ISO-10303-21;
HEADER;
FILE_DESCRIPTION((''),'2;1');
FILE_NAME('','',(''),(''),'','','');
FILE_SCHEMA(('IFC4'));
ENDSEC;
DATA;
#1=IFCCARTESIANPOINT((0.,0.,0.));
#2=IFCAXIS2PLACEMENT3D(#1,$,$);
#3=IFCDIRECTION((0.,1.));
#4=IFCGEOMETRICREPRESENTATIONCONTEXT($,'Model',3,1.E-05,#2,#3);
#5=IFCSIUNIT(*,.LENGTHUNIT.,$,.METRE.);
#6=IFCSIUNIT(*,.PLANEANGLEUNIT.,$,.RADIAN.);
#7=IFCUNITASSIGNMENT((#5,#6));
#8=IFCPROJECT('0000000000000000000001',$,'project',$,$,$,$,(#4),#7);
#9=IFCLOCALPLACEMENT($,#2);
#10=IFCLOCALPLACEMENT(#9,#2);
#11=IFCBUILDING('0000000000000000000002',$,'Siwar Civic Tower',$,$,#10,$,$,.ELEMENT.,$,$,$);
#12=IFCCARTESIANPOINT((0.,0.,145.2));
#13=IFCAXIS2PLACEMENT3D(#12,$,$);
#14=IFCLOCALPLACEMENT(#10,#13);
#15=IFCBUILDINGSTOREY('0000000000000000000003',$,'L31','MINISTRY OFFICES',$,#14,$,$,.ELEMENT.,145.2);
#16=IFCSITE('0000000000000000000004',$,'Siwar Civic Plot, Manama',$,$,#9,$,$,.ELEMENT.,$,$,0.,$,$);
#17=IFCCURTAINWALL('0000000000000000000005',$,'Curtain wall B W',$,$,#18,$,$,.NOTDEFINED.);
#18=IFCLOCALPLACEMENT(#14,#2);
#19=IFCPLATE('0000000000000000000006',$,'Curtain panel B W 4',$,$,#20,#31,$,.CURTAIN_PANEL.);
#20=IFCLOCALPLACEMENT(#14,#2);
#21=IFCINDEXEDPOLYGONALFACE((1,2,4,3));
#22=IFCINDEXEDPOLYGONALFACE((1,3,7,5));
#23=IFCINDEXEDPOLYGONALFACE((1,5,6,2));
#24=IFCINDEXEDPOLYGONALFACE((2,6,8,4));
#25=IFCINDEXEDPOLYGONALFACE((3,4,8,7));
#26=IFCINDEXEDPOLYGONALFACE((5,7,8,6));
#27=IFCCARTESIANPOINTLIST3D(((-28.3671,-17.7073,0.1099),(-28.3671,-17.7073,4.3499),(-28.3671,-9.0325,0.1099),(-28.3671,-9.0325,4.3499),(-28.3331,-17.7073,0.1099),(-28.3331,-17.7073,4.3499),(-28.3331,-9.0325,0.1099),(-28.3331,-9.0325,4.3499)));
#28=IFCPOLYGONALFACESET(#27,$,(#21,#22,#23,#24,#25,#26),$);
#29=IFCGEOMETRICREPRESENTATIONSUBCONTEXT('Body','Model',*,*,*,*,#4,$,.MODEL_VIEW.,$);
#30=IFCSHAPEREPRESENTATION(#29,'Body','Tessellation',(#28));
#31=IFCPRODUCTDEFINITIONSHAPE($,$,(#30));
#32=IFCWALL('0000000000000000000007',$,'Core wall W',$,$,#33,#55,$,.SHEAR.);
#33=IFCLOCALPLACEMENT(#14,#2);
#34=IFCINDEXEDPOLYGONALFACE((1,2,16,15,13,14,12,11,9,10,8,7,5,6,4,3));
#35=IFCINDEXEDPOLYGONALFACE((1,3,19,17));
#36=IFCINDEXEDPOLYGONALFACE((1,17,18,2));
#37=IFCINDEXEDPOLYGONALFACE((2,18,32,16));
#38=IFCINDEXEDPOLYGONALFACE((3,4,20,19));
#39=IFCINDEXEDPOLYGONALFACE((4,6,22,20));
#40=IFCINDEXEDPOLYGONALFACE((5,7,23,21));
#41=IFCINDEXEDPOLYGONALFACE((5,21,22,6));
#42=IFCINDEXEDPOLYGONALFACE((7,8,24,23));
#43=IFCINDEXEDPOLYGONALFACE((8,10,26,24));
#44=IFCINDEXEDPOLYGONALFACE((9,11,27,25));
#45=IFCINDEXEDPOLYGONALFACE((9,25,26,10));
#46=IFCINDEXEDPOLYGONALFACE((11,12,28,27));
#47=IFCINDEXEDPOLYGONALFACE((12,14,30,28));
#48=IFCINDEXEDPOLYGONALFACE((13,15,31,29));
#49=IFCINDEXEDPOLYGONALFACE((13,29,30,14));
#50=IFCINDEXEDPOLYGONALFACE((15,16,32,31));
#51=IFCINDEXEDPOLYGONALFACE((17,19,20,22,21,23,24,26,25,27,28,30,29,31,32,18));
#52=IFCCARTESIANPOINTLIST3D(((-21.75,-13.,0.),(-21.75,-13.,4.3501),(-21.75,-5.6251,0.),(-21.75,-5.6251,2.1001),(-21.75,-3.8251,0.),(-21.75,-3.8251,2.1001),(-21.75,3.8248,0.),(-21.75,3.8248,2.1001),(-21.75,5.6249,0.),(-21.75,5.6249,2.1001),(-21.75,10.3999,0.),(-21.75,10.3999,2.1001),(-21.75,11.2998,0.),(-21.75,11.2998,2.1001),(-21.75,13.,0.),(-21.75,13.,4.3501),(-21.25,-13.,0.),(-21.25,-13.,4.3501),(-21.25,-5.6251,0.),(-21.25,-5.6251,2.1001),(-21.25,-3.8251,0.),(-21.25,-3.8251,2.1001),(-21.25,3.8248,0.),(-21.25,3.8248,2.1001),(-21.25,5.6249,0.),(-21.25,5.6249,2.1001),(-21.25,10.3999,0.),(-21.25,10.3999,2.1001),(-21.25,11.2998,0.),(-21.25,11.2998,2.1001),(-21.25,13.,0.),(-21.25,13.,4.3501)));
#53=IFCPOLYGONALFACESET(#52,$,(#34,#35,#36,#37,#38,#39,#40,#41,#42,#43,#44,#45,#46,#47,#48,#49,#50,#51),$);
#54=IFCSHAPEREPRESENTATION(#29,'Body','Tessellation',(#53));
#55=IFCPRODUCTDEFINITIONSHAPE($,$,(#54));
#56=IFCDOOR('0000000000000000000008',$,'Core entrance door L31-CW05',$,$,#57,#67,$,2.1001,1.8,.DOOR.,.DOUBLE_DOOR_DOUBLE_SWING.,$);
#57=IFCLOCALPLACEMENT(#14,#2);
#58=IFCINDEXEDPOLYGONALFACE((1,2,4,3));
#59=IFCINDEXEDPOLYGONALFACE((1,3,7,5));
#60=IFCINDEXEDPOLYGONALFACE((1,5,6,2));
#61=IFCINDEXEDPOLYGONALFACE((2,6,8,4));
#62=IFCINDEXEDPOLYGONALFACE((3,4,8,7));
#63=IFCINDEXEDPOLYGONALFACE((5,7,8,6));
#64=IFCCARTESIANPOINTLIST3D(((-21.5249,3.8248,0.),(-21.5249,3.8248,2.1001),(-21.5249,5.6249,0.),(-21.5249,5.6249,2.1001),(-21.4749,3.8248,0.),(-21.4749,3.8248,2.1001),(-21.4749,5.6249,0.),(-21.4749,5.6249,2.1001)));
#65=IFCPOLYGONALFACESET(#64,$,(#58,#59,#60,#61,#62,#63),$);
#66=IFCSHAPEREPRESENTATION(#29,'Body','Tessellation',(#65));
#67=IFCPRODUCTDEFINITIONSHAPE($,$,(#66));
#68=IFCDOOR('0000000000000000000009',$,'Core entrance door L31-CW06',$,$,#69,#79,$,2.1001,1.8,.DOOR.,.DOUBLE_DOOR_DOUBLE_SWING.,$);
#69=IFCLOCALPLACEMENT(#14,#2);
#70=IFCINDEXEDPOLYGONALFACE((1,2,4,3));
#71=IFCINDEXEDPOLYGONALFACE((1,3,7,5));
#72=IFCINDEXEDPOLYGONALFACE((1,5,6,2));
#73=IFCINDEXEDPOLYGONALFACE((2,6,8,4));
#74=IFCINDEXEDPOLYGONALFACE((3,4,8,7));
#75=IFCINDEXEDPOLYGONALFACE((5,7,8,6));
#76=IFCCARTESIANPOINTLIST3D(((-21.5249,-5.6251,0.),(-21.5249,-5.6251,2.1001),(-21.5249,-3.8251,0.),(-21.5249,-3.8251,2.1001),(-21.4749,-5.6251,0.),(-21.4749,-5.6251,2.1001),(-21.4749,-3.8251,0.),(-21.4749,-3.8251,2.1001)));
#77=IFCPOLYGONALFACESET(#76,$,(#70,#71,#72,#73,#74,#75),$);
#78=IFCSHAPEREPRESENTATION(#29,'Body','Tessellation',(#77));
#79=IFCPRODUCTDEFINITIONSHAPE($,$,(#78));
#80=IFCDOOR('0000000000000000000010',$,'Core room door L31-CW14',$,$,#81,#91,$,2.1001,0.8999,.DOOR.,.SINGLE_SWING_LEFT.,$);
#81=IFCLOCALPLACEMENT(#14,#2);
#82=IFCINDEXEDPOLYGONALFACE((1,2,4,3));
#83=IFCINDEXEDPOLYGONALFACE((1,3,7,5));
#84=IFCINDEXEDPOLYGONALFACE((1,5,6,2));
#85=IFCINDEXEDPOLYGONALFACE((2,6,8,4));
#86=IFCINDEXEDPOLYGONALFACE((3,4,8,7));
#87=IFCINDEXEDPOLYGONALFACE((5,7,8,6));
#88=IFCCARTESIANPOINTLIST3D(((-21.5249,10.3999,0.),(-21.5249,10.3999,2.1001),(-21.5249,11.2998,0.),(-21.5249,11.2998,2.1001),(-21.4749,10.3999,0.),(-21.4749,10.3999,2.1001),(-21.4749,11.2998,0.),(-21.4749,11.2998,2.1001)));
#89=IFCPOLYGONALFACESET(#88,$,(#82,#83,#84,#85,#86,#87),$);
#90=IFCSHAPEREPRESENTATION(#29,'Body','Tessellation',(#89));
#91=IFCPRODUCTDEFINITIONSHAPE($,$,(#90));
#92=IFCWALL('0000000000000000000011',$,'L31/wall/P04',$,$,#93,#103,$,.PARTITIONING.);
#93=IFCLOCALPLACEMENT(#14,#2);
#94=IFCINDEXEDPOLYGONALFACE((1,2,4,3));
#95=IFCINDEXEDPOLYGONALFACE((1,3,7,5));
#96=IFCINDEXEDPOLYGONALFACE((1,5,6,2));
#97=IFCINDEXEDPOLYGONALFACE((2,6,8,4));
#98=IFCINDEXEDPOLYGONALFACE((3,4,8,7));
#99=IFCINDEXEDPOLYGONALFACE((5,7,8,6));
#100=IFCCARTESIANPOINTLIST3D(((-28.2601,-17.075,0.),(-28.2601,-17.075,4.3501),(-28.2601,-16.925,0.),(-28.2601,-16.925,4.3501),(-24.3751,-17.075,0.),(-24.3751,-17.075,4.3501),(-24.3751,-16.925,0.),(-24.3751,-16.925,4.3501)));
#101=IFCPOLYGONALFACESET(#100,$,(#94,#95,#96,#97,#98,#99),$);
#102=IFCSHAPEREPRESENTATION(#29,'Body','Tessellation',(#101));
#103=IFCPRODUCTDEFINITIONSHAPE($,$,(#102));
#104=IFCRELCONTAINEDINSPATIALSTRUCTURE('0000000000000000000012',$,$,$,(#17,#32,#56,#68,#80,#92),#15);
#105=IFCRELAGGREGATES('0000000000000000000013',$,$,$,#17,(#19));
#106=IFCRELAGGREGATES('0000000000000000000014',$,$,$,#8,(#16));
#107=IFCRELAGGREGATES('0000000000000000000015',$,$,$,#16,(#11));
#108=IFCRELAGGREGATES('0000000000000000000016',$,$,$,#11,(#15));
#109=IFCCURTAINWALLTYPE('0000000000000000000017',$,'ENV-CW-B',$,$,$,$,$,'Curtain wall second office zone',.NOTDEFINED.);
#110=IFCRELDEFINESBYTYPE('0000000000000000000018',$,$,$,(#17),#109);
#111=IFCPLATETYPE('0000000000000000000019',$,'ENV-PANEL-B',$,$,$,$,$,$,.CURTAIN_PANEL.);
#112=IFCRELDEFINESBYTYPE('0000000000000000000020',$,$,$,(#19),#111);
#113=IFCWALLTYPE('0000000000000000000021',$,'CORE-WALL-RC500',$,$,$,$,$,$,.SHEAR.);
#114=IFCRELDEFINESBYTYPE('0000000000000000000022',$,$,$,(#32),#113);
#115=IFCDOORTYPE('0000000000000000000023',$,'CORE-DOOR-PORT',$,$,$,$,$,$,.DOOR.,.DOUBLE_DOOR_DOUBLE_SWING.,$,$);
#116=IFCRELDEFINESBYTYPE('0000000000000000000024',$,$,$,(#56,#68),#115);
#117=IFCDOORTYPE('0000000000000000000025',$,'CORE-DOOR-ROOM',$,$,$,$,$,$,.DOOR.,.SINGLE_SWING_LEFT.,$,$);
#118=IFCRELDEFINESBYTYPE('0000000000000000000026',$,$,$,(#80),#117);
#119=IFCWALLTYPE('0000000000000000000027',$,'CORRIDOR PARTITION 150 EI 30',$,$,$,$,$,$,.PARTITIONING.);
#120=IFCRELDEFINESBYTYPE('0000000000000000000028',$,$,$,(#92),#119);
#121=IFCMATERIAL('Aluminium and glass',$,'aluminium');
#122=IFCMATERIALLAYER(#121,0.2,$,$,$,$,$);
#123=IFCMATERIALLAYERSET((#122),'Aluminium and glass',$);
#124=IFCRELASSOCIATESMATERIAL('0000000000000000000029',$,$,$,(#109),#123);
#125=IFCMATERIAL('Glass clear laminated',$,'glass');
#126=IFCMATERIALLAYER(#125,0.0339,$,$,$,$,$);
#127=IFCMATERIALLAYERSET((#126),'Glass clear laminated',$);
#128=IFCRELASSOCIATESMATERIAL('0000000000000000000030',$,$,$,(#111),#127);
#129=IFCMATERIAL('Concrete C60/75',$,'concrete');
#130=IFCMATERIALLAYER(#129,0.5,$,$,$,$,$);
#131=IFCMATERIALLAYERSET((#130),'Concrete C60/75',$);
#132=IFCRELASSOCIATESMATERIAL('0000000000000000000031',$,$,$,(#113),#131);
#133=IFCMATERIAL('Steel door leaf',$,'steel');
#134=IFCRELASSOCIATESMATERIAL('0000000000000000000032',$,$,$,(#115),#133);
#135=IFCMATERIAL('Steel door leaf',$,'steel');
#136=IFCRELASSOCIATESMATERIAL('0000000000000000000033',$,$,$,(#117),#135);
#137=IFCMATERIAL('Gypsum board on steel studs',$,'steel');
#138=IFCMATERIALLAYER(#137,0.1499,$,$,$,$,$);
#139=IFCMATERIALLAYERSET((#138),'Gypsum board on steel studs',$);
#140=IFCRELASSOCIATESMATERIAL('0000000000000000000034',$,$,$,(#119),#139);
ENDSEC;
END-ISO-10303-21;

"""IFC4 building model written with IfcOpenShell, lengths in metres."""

from ifc_helpers import new_model, si_unit, direction, frame, frame_2d, origin, origin_2d, place, context, subcontext, project, spatial, rectangle, extrude, material, layer, layer_set, type_object, element, fill, aggregate, save


model = new_model("IFC4")

# Units and contexts
model_context = context("Model", 3, precision=1e-05, world=origin(), true_north=direction((0.0, 1.0)))
body_context = subcontext(model_context, "Body", "Model", "MODEL_VIEW")
ifc_project = project(units=[si_unit("LENGTHUNIT", "METRE"), si_unit("PLANEANGLEUNIT", "RADIAN")], contexts=[model_context])

# Site, building, storey
site_placement = place(None, origin())
site = spatial("IfcSite", under=ifc_project, at=site_placement, Name="Siwar Civic Plot, Manama", CompositionType="ELEMENT", RefElevation=0.0)
building_placement = place(site_placement, origin())
building = spatial("IfcBuilding", under=site, at=building_placement, Name="Siwar Civic Tower", CompositionType="ELEMENT")
storey_placement = place(building_placement, frame((0.0, 0.0, 145.2)))
storey = spatial("IfcBuildingStorey", under=building, at=storey_placement, Name="L31", Description="MINISTRY OFFICES", CompositionType="ELEMENT", Elevation=145.2)

# Curtain wall
ifc_material_1 = material(Name="Aluminium and glass", Category="aluminium")
ifc_layer_1 = layer(ifc_material_1, 0.2)
ifc_layer_set_1 = layer_set([ifc_layer_1], Name="Aluminium and glass")
curtain_wall_type_1 = type_object("IfcCurtainWallType", Name="ENV-CW-B", ElementType="Curtain wall second office zone", PredefinedType="NOTDEFINED", material=ifc_layer_set_1)
curtain_wall_1_placement = place(storey_placement, origin())
curtain_wall_1 = element("IfcCurtainWall", 1, at=curtain_wall_1_placement, inside=storey, type_object=curtain_wall_type_1, Name="Curtain wall B W", PredefinedType="NOTDEFINED")

# Plate
ifc_material_2 = material(Name="Glass clear laminated", Category="glass")
ifc_layer_2 = layer(ifc_material_2, 0.0339)
ifc_layer_set_2 = layer_set([ifc_layer_2], Name="Glass clear laminated")
plate_type = type_object("IfcPlateType", Name="ENV-PANEL-B", PredefinedType="CURTAIN_PANEL", material=ifc_layer_set_2)
plate_placement = place(storey_placement, frame((-28.3501, -13.3699, 0.1099), z_axis=(0.0, 0.0, 1.0), x_axis=(0.0, -1.0, 0.0)))
plate = element("IfcPlate", 2, at=plate_placement, type_object=plate_type, Name="Curtain panel B W 4", PredefinedType="CURTAIN_PANEL", context=body_context, shape_type="SweptSolid", body=[
    extrude(rectangle(XDim=8.6748, YDim=0.0339, at=origin_2d()), origin(), (0.0, 0.0, 1.0), 4.24),
])
aggregate(curtain_wall_1, [plate])

# Wall, openings, doors
ifc_material_3 = material(Name="Concrete C60/75", Category="concrete")
ifc_layer_3 = layer(ifc_material_3, 0.5)
ifc_layer_set_3 = layer_set([ifc_layer_3], Name="Concrete C60/75")
wall_type_1 = type_object("IfcWallType", Name="CORE-WALL-RC500", PredefinedType="SHEAR", material=ifc_layer_set_3)
wall_1_placement = place(storey_placement, frame((-21.5, -13.0, 0.0), z_axis=(0.0, 0.0, 1.0), x_axis=(0.0, 1.0, 0.0)))
wall_1 = element("IfcWall", 3, at=wall_1_placement, inside=storey, type_object=wall_type_1, Name="Core wall W", PredefinedType="SHEAR", context=body_context, shape_type="SweptSolid", body=[
    extrude(rectangle(XDim=26.0, YDim=0.5, at=frame_2d((13.0, 0.0))), origin(), (0.0, 0.0, 1.0), 4.3501),
])
opening_1_placement = place(wall_1_placement, frame((16.825, 0.0, 0.0)))
opening_1 = element("IfcOpeningElement", 4, at=opening_1_placement, cuts=wall_1, PredefinedType="OPENING", context=body_context, shape_type="SweptSolid", body=[
    extrude(rectangle(XDim=1.8, YDim=2.1001, at=frame_2d((0.8999, 1.05))), frame((0.0, 0.26, 0.0), z_axis=(0.0, -1.0, 0.0), x_axis=(1.0, 0.0, 0.0)), (0.0, 0.0, 1.0), 0.52),
])
opening_2_placement = place(wall_1_placement, frame((7.375, 0.0, 0.0)))
opening_2 = element("IfcOpeningElement", 5, at=opening_2_placement, cuts=wall_1, PredefinedType="OPENING", context=body_context, shape_type="SweptSolid", body=[
    extrude(rectangle(XDim=1.8, YDim=2.1001, at=frame_2d((0.8999, 1.05))), frame((0.0, 0.26, 0.0), z_axis=(0.0, -1.0, 0.0), x_axis=(1.0, 0.0, 0.0)), (0.0, 0.0, 1.0), 0.52),
])
opening_3_placement = place(wall_1_placement, frame((23.3999, 0.0, 0.0)))
opening_3 = element("IfcOpeningElement", 6, at=opening_3_placement, cuts=wall_1, PredefinedType="OPENING", context=body_context, shape_type="SweptSolid", body=[
    extrude(rectangle(XDim=0.8999, YDim=2.1001, at=frame_2d((0.45, 1.05))), frame((0.0, 0.26, 0.0), z_axis=(0.0, -1.0, 0.0), x_axis=(1.0, 0.0, 0.0)), (0.0, 0.0, 1.0), 0.52),
])
ifc_material_4 = material(Name="Steel door leaf", Category="steel")
door_type_1 = type_object("IfcDoorType", Name="CORE-DOOR-PORT", OperationType="DOUBLE_DOOR_DOUBLE_SWING", PredefinedType="DOOR", material=ifc_material_4)
door_1_placement = place(opening_1_placement, origin())
door_1 = element("IfcDoor", 7, at=door_1_placement, inside=storey, type_object=door_type_1, Name="Core entrance door L31-CW05", OperationType="DOUBLE_DOOR_DOUBLE_SWING", OverallHeight=2.1001, OverallWidth=1.8, PredefinedType="DOOR", context=body_context, shape_type="SweptSolid", body=[
    extrude(rectangle(XDim=1.8, YDim=2.1001, at=frame_2d((0.8999, 1.05))), frame((0.0, 0.0249, 0.0), z_axis=(0.0, -1.0, 0.0), x_axis=(1.0, 0.0, 0.0)), (0.0, 0.0, 1.0), 0.05),
])
fill(opening_1, door_1)
door_2_placement = place(opening_2_placement, origin())
door_2 = element("IfcDoor", 8, at=door_2_placement, inside=storey, type_object=door_type_1, Name="Core entrance door L31-CW06", OperationType="DOUBLE_DOOR_DOUBLE_SWING", OverallHeight=2.1001, OverallWidth=1.8, PredefinedType="DOOR", context=body_context, shape_type="SweptSolid", body=[
    extrude(rectangle(XDim=1.8, YDim=2.1001, at=frame_2d((0.8999, 1.05))), frame((0.0, 0.0249, 0.0), z_axis=(0.0, -1.0, 0.0), x_axis=(1.0, 0.0, 0.0)), (0.0, 0.0, 1.0), 0.05),
])
fill(opening_2, door_2)
ifc_material_5 = material(Name="Steel door leaf", Category="steel")
door_type_2 = type_object("IfcDoorType", Name="CORE-DOOR-ROOM", OperationType="SINGLE_SWING_LEFT", PredefinedType="DOOR", material=ifc_material_5)
door_3_placement = place(opening_3_placement, origin())
door_3 = element("IfcDoor", 9, at=door_3_placement, inside=storey, type_object=door_type_2, Name="Core room door L31-CW14", OperationType="SINGLE_SWING_LEFT", OverallHeight=2.1001, OverallWidth=0.8999, PredefinedType="DOOR", context=body_context, shape_type="SweptSolid", body=[
    extrude(rectangle(XDim=0.8999, YDim=2.1001, at=frame_2d((0.45, 1.05))), frame((0.0, 0.0249, 0.0), z_axis=(0.0, -1.0, 0.0), x_axis=(1.0, 0.0, 0.0)), (0.0, 0.0, 1.0), 0.05),
])
fill(opening_3, door_3)

# Wall
ifc_material_6 = material(Name="Gypsum board on steel studs", Category="steel")
ifc_layer_4 = layer(ifc_material_6, 0.1499)
ifc_layer_set_4 = layer_set([ifc_layer_4], Name="Gypsum board on steel studs")
wall_type_2 = type_object("IfcWallType", Name="CORRIDOR PARTITION 150 EI 30", PredefinedType="PARTITIONING", material=ifc_layer_set_4)
wall_2_placement = place(storey_placement, frame((-28.26, -17.0, 0.0), z_axis=(0.0, 0.0, 1.0), x_axis=(1.0, 0.0, 0.0)))
element("IfcWall", 10, at=wall_2_placement, inside=storey, type_object=wall_type_2, Name="L31/wall/P04", PredefinedType="PARTITIONING", context=body_context, shape_type="SweptSolid", body=[
    extrude(rectangle(XDim=3.885, YDim=0.1499, at=frame_2d((1.9424, 0.0))), origin(), (0.0, 0.0, 1.0), 4.3501),
])

save(model, "model.ifc")
